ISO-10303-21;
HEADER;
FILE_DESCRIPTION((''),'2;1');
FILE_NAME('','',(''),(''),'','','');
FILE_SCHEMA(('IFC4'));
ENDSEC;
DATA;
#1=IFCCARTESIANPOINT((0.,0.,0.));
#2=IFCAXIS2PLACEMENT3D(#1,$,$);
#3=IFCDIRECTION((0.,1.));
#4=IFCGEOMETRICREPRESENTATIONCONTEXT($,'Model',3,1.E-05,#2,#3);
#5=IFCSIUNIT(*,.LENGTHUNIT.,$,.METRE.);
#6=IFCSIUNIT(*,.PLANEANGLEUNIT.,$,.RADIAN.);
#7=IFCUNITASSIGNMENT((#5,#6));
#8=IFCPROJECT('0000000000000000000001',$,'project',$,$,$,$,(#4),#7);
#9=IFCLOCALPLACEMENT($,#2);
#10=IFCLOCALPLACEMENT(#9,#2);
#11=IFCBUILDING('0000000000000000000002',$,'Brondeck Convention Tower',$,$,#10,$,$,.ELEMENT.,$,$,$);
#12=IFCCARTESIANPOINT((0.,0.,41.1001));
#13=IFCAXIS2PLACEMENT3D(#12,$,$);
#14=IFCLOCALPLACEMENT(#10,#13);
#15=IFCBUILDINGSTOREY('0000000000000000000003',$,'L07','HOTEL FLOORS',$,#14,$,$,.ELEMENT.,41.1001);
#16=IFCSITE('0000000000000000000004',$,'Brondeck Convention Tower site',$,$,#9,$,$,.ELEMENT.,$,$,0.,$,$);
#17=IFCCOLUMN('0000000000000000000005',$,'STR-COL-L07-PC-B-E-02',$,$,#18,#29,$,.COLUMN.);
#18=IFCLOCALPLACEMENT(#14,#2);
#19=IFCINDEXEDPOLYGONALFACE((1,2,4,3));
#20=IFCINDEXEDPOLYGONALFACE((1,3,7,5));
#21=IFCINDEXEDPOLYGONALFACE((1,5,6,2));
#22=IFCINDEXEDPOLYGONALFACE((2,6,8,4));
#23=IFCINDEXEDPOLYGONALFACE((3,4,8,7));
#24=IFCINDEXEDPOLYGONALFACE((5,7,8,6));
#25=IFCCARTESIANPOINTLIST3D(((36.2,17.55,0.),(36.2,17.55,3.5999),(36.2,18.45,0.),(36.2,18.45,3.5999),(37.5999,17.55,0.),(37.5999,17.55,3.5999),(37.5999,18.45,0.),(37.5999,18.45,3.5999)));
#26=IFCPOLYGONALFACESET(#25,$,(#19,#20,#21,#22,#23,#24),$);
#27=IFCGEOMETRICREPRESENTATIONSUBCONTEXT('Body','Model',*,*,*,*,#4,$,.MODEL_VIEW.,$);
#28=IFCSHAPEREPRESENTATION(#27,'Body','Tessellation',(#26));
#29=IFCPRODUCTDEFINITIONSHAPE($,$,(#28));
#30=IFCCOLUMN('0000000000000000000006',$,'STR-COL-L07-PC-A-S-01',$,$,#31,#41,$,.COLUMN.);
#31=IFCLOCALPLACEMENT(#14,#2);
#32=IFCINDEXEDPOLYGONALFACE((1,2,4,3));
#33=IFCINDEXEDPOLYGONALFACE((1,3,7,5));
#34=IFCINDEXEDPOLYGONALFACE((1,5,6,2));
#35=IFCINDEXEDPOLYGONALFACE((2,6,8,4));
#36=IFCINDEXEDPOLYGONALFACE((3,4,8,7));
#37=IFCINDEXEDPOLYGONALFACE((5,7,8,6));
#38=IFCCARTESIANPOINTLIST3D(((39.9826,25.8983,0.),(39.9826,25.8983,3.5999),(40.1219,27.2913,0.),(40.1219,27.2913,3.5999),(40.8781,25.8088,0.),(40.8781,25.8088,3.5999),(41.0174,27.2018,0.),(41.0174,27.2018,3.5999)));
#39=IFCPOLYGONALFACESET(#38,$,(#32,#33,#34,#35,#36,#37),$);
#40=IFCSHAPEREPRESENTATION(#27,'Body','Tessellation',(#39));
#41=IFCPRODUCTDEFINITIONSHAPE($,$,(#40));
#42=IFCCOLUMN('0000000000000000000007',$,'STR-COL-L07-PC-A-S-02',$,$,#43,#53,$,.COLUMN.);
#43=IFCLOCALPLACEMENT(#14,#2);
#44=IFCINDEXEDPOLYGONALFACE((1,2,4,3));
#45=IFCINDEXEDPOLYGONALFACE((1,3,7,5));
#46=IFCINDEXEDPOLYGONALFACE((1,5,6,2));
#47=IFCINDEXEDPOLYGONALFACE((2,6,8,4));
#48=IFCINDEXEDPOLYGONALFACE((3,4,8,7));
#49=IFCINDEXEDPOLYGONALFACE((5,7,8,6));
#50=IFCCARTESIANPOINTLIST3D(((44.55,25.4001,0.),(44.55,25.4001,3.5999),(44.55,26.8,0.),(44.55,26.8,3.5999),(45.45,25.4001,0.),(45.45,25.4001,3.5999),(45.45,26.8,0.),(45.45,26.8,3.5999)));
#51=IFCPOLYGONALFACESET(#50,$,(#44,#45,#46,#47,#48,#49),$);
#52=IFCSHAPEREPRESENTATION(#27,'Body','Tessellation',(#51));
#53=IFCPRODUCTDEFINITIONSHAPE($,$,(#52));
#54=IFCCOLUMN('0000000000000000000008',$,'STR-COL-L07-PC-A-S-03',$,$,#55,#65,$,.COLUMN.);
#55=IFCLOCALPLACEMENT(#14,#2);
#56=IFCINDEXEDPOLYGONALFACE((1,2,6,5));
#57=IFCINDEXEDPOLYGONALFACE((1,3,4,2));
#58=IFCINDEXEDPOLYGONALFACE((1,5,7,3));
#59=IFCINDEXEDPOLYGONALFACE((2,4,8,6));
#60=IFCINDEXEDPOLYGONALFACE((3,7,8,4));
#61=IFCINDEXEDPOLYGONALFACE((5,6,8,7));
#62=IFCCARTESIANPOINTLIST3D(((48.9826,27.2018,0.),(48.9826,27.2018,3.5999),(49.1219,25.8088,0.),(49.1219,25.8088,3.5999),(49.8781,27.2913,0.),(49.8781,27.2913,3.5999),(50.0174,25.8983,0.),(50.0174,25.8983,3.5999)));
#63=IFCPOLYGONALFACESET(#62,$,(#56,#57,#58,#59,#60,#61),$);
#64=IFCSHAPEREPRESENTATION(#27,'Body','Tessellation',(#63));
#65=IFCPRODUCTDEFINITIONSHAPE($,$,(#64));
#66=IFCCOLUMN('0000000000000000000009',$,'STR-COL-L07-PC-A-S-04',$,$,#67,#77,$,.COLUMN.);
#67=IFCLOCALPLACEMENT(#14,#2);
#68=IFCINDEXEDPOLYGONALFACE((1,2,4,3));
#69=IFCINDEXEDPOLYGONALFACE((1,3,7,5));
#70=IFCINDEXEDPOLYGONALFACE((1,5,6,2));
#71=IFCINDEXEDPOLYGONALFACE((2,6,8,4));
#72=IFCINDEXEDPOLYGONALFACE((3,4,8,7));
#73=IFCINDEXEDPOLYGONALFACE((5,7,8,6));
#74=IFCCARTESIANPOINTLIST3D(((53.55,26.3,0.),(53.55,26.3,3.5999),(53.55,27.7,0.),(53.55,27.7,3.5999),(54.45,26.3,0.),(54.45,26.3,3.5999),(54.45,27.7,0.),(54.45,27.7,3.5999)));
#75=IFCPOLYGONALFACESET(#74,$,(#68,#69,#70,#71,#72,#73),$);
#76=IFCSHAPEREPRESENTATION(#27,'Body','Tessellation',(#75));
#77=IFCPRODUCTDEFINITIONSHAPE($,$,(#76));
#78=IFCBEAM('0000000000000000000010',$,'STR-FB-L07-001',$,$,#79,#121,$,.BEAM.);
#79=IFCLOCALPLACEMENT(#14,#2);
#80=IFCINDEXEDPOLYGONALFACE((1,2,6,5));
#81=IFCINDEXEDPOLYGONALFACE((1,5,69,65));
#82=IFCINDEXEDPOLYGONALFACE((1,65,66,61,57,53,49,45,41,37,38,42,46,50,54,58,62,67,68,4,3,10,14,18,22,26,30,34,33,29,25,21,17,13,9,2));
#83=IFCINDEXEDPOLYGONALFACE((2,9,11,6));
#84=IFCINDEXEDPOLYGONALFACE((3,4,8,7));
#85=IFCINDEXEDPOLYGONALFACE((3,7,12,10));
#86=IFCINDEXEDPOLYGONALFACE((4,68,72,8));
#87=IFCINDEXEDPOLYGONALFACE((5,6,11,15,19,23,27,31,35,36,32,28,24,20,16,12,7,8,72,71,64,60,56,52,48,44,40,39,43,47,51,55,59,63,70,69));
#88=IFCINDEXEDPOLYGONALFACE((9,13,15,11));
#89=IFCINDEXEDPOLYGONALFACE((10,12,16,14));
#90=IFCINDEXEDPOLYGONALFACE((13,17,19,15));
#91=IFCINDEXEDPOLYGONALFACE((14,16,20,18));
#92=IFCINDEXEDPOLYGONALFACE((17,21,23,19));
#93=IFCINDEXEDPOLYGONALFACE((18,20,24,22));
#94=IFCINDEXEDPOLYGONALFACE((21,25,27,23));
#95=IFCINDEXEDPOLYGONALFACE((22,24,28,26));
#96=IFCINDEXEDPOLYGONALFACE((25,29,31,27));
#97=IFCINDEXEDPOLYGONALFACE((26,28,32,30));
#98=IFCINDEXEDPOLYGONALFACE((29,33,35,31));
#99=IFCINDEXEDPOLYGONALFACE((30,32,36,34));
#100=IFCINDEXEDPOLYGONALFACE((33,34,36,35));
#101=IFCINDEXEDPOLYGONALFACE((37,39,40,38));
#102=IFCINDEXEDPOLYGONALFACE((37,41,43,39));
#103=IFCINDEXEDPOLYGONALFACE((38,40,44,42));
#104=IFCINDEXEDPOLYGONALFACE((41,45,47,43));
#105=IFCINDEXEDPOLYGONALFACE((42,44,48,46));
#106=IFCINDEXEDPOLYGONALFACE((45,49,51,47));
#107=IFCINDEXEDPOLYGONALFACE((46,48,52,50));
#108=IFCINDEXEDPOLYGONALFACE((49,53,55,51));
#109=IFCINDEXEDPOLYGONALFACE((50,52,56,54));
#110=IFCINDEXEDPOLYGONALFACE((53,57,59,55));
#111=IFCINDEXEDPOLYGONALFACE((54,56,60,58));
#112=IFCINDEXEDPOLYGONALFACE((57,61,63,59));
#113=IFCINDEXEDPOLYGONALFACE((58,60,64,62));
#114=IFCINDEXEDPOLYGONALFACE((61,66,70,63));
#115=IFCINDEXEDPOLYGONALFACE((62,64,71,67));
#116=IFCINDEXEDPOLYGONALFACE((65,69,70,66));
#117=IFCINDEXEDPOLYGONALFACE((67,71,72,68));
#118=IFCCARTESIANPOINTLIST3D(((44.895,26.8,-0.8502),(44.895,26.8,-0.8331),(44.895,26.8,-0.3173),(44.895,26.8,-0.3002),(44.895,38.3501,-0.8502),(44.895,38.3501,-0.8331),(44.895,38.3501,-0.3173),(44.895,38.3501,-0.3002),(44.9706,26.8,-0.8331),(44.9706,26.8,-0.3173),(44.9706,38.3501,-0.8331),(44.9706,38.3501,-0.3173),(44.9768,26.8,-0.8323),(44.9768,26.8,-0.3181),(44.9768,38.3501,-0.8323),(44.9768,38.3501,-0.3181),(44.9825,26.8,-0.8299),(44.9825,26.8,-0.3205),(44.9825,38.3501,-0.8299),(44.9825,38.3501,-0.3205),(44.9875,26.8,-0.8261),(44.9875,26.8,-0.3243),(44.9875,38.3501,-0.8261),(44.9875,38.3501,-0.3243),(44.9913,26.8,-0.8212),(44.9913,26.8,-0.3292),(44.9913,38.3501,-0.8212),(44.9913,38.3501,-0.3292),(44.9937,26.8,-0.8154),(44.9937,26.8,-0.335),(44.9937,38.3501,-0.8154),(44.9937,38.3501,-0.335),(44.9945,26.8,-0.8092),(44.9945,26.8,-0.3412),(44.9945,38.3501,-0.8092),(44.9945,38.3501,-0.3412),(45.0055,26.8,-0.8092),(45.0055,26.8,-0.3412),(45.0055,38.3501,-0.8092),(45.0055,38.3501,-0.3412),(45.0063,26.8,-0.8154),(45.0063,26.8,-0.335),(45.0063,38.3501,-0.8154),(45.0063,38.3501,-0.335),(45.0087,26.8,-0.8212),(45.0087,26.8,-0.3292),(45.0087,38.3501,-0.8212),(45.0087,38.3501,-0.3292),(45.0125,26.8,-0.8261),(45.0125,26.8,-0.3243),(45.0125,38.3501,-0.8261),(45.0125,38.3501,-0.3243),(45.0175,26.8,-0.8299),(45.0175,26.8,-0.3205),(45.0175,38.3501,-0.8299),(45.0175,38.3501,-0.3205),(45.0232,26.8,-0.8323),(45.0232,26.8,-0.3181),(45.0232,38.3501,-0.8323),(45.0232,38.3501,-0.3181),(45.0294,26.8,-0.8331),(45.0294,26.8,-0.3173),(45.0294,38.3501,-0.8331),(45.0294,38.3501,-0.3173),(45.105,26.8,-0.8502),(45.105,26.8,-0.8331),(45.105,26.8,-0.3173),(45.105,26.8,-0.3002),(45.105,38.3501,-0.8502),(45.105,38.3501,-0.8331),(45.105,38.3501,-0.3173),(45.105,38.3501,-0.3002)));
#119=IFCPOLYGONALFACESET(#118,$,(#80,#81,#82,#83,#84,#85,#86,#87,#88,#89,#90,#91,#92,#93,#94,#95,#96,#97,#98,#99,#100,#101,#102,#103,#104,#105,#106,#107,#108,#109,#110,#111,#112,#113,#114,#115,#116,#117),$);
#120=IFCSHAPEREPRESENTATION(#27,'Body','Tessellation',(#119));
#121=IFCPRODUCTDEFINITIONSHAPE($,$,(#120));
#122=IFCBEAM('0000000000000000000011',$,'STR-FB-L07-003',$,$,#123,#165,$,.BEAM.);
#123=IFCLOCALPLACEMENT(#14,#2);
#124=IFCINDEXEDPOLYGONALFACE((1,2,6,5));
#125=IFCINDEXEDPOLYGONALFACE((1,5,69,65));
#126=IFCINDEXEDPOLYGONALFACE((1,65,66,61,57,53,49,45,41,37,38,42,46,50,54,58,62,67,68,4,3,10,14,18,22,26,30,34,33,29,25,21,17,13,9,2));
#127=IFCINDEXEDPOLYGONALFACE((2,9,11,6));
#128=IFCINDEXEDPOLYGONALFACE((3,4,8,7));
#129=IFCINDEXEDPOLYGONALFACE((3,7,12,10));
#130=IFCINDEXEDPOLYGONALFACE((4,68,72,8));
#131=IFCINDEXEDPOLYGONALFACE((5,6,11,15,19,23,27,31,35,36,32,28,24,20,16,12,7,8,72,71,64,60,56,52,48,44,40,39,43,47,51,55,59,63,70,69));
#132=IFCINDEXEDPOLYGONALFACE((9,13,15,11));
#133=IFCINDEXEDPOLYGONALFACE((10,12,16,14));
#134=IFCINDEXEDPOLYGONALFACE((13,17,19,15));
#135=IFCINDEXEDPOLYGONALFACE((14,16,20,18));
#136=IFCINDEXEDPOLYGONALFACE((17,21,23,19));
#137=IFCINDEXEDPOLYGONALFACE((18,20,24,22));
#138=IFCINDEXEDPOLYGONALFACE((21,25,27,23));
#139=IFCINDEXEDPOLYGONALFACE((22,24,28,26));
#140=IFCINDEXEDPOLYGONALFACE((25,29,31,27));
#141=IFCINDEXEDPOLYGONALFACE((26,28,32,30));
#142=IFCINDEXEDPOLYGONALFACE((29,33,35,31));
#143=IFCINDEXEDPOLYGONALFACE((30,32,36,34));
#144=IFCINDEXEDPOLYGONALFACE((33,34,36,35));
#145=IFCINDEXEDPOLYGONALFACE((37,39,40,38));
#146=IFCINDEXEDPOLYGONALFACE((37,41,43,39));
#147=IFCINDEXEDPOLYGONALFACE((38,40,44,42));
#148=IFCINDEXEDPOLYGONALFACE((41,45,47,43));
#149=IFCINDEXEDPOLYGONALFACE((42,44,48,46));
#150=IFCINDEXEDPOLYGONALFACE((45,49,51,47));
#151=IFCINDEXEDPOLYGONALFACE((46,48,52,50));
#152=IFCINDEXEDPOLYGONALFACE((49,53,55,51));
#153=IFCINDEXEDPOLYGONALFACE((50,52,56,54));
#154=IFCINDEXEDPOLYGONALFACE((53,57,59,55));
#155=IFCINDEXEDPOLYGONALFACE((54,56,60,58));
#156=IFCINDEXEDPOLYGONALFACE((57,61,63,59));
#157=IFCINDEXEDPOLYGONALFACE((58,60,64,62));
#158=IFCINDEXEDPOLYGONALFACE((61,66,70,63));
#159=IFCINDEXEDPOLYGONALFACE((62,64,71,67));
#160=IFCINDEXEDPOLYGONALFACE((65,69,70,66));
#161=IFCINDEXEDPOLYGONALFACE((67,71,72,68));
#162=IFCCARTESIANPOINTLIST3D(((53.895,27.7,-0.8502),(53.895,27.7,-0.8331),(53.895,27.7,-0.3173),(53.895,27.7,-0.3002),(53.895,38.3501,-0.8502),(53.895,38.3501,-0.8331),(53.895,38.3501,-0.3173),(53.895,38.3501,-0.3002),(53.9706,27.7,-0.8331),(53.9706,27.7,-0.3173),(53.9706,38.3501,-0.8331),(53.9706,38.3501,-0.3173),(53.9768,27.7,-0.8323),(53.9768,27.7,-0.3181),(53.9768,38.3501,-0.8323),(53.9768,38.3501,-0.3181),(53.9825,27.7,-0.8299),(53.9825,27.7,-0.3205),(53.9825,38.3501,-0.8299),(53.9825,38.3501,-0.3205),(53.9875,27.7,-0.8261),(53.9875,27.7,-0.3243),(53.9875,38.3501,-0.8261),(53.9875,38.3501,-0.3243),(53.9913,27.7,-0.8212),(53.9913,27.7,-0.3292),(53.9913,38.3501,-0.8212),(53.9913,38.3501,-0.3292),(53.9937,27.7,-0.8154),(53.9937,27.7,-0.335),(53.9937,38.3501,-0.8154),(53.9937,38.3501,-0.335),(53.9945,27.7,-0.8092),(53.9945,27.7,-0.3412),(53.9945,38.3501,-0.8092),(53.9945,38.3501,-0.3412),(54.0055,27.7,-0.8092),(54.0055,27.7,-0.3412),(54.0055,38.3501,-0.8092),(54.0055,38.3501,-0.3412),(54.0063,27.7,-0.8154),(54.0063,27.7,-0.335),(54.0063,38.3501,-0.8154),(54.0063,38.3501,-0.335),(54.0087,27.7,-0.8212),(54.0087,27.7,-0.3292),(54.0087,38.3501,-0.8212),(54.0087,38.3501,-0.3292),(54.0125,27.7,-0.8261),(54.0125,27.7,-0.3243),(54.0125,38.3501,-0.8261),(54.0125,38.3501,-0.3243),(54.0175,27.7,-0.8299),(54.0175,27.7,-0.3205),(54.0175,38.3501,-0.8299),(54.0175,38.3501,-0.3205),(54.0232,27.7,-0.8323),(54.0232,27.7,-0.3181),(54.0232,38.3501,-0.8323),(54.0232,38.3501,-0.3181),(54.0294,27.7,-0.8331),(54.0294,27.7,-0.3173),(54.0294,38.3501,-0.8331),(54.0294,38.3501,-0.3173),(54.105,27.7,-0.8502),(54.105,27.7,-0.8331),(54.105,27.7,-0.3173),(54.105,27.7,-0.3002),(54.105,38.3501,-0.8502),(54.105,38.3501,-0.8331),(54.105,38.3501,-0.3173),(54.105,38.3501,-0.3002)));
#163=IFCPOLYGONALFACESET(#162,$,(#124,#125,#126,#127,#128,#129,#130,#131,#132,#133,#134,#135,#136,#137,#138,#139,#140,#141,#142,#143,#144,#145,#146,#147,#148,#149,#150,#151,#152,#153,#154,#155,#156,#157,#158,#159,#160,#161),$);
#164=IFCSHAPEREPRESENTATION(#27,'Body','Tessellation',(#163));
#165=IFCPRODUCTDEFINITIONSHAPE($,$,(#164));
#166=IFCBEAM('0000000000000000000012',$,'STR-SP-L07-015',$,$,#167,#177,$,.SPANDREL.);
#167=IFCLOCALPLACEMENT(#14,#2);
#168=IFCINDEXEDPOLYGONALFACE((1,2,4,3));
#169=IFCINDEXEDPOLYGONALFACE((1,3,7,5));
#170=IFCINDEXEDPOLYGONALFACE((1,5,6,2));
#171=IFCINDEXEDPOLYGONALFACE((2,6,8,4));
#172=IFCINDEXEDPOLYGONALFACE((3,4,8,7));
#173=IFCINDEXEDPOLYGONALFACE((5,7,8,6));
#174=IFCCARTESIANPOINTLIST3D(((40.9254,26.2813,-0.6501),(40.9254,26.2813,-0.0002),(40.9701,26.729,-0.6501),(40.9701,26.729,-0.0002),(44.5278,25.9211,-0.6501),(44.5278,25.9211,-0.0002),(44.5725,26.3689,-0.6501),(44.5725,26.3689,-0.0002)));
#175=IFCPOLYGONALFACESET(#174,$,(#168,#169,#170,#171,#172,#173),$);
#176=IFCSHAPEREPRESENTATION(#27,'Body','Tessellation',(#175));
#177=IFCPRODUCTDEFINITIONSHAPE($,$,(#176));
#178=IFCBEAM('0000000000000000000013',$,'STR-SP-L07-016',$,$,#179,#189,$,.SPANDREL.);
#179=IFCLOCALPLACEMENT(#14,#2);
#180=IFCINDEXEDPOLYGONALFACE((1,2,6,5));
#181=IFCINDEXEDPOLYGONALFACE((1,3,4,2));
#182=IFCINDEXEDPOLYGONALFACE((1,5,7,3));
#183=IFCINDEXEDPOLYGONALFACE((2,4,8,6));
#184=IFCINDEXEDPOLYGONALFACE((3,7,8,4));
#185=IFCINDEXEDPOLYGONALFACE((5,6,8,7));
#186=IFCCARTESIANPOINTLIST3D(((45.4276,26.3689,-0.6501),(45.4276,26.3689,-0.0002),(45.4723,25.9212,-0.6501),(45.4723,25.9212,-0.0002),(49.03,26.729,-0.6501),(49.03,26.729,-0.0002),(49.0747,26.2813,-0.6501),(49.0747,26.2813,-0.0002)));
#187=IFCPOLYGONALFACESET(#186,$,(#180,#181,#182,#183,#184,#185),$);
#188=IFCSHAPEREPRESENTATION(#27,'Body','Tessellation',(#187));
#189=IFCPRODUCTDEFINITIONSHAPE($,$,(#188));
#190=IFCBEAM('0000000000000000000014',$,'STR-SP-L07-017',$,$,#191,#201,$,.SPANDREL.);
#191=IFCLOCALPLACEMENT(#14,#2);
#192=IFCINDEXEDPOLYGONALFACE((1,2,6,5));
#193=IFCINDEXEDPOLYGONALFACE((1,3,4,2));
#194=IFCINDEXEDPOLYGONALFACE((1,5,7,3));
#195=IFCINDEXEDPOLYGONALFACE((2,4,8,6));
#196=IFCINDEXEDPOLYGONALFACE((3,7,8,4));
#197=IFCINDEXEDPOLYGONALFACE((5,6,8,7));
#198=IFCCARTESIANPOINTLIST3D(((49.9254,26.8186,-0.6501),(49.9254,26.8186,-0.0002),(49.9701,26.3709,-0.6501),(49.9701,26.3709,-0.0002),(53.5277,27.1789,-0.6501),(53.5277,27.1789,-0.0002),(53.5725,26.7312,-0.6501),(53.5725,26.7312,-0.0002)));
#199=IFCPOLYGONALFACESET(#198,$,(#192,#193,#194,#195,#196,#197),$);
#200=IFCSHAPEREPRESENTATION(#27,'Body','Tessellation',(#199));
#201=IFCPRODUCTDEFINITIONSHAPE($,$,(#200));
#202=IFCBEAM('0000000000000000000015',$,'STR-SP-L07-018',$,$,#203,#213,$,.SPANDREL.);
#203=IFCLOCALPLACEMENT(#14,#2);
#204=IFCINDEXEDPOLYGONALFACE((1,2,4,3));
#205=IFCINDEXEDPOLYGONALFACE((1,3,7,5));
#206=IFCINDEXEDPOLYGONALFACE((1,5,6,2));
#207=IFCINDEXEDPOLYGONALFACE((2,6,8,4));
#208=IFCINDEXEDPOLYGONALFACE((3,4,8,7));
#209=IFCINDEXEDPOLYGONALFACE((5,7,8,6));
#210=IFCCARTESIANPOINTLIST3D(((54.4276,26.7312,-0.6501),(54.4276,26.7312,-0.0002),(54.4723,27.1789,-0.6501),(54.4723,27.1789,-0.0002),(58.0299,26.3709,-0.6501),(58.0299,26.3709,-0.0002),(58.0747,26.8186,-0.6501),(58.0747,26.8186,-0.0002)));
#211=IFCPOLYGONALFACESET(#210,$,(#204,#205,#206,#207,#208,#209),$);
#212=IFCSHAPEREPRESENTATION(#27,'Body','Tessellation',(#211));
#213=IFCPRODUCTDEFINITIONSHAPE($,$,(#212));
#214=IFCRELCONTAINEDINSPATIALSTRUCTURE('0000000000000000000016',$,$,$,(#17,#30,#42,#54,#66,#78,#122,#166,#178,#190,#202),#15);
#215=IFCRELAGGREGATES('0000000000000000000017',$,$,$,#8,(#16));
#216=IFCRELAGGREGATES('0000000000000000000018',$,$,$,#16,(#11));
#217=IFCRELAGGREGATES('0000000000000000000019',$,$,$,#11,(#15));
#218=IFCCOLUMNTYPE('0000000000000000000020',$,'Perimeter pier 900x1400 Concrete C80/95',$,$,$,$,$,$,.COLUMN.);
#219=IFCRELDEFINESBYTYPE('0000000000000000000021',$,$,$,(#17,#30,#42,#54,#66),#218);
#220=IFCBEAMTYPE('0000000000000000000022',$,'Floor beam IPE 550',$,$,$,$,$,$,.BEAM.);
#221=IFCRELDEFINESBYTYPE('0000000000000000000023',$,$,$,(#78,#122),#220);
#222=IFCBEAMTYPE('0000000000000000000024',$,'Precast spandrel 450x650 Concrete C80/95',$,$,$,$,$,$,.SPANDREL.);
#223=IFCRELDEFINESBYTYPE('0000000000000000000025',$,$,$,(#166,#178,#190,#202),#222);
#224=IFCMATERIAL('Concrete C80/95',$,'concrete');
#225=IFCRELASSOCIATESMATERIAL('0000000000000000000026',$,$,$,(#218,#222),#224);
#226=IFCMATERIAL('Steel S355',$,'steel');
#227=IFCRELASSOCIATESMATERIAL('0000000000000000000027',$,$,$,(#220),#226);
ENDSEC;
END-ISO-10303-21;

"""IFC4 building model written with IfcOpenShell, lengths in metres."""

from ifc_helpers import new_model, si_unit, direction, frame, origin, origin_2d, place, context, subcontext, project, spatial, rectangle, i_section, extrude, material, material_profile, profile_set, type_object, element, save


model = new_model("IFC4")

# Units and contexts
model_context = context("Model", 3, precision=1e-05, world=origin(), true_north=direction((0.0, 1.0)))
body_context = subcontext(model_context, "Body", "Model", "MODEL_VIEW")
ifc_project = project(units=[si_unit("LENGTHUNIT", "METRE"), si_unit("PLANEANGLEUNIT", "RADIAN")], contexts=[model_context])

# Site, building, storey
site_placement = place(None, origin())
site = spatial("IfcSite", under=ifc_project, at=site_placement, Name="Brondeck Convention Tower site", CompositionType="ELEMENT", RefElevation=0.0)
building_placement = place(site_placement, origin())
building = spatial("IfcBuilding", under=site, at=building_placement, Name="Brondeck Convention Tower", CompositionType="ELEMENT")
storey_placement = place(building_placement, frame((0.0, 0.0, 41.1001)))
storey = spatial("IfcBuildingStorey", under=building, at=storey_placement, Name="L07", Description="HOTEL FLOORS", CompositionType="ELEMENT", Elevation=41.1001)

# Columns
ifc_material_1 = material(Name="Concrete C80/95", Category="concrete")
ifc_material_profile_1 = material_profile(ifc_material_1, rectangle(XDim=0.8999, YDim=1.3999, at=origin_2d()), Name="Perimeter pier 900x1400 Concrete C80/95")
ifc_profile_set_1 = profile_set([ifc_material_profile_1], Name="Concrete C80/95")
column_type = type_object("IfcColumnType", Name="Perimeter pier 900x1400 Concrete C80/95", PredefinedType="COLUMN", material=ifc_profile_set_1)
for number, where, z_axis, x_axis, name in (
    (1, (36.8999, 18.0, 0.0), (0.0, 0.0, 1.0), (0.0, 1.0, 0.0), "STR-COL-L07-PC-B-E-02"),
    (2, (40.5, 26.55, 0.0), (0.0, 0.0, 1.0), (0.995037, -0.099504, 0.0), "STR-COL-L07-PC-A-S-01"),
    (3, (45.0, 26.1001, 0.0), (0.0, 0.0, 1.0), (1.0, 0.0, 0.0), "STR-COL-L07-PC-A-S-02"),
    (4, (49.5, 26.55, 0.0), (0.0, 0.0, 1.0), (0.995037, 0.099504, 0.0), "STR-COL-L07-PC-A-S-03"),
    (5, (54.0, 27.0, 0.0), (0.0, 0.0, 1.0), (1.0, 0.0, 0.0), "STR-COL-L07-PC-A-S-04"),
):
    element("IfcColumn", number, at=place(storey_placement, frame(where, z_axis=z_axis, x_axis=x_axis)), inside=storey, type_object=column_type, Name=name, PredefinedType="COLUMN", context=body_context, shape_type="SweptSolid", body=[
        extrude(rectangle(XDim=0.8999, YDim=1.3999, at=origin_2d()), origin(), (0.0, 0.0, 1.0), 3.5999),
    ])

# Beams
ifc_material_2 = material(Name="Steel S355", Category="steel")
ifc_material_profile_2 = material_profile(ifc_material_2, i_section(OverallWidth=0.21, OverallDepth=0.55, WebThickness=0.011, FlangeThickness=0.0171, FilletRadius=0.0239, at=origin_2d()), Name="IPE 550")
ifc_profile_set_2 = profile_set([ifc_material_profile_2], Name="Steel S355")
beam_type_1 = type_object("IfcBeamType", Name="Floor beam IPE 550", PredefinedType="BEAM", material=ifc_profile_set_2)
beam_1_placement = place(storey_placement, frame((45.0, 26.8, -0.5752), z_axis=(0.0, 1.0, 0.0), x_axis=(-1.0, 0.0, 0.0)))
element("IfcBeam", 6, at=beam_1_placement, inside=storey, type_object=beam_type_1, Name="STR-FB-L07-001", PredefinedType="BEAM", context=body_context, shape_type="SweptSolid", body=[
    extrude(i_section(OverallWidth=0.21, OverallDepth=0.55, WebThickness=0.011, FlangeThickness=0.0171, FilletRadius=0.0239, at=origin_2d()), origin(), (0.0, 0.0, 1.0), 11.55),
])
beam_2_placement = place(storey_placement, frame((54.0, 27.7, -0.5752), z_axis=(0.0, 1.0, 0.0), x_axis=(-1.0, 0.0, 0.0)))
element("IfcBeam", 7, at=beam_2_placement, inside=storey, type_object=beam_type_1, Name="STR-FB-L07-003", PredefinedType="BEAM", context=body_context, shape_type="SweptSolid", body=[
    extrude(i_section(OverallWidth=0.21, OverallDepth=0.55, WebThickness=0.011, FlangeThickness=0.0171, FilletRadius=0.0239, at=origin_2d()), origin(), (0.0, 0.0, 1.0), 10.6501),
])
ifc_material_profile_3 = material_profile(ifc_material_1, rectangle(XDim=0.45, YDim=0.6499, at=origin_2d()), Name="Precast spandrel 450x650 Concrete C80/95")
ifc_profile_set_3 = profile_set([ifc_material_profile_3], Name="Concrete C80/95")
beam_type_2 = type_object("IfcBeamType", Name="Precast spandrel 450x650 Concrete C80/95", PredefinedType="SPANDREL", material=ifc_profile_set_3)
for number, where, z_axis, x_axis, name in (
    (8, (40.9478, 26.5051, -0.3252), (0.995041, -0.09947, 0.0), (0.09947, 0.995041, 0.0), "STR-SP-L07-015"),
    (9, (45.45, 26.145, -0.3252), (0.995041, 0.09947, 0.0), (-0.09947, 0.995041, 0.0), "STR-SP-L07-016"),
    (10, (49.9478, 26.5947, -0.3252), (0.995034, 0.099537, 0.0), (-0.099537, 0.995034, 0.0), "STR-SP-L07-017"),
    (11, (54.45, 26.9551, -0.3252), (0.995034, -0.099537, 0.0), (0.099537, 0.995034, 0.0), "STR-SP-L07-018"),
):
    element("IfcBeam", number, at=place(storey_placement, frame(where, z_axis=z_axis, x_axis=x_axis)), inside=storey, type_object=beam_type_2, Name=name, PredefinedType="SPANDREL", context=body_context, shape_type="SweptSolid", body=[
        extrude(rectangle(XDim=0.45, YDim=0.6499, at=origin_2d()), origin(), (0.0, 0.0, 1.0), 3.6204),
    ])

save(model, "model.ifc")
